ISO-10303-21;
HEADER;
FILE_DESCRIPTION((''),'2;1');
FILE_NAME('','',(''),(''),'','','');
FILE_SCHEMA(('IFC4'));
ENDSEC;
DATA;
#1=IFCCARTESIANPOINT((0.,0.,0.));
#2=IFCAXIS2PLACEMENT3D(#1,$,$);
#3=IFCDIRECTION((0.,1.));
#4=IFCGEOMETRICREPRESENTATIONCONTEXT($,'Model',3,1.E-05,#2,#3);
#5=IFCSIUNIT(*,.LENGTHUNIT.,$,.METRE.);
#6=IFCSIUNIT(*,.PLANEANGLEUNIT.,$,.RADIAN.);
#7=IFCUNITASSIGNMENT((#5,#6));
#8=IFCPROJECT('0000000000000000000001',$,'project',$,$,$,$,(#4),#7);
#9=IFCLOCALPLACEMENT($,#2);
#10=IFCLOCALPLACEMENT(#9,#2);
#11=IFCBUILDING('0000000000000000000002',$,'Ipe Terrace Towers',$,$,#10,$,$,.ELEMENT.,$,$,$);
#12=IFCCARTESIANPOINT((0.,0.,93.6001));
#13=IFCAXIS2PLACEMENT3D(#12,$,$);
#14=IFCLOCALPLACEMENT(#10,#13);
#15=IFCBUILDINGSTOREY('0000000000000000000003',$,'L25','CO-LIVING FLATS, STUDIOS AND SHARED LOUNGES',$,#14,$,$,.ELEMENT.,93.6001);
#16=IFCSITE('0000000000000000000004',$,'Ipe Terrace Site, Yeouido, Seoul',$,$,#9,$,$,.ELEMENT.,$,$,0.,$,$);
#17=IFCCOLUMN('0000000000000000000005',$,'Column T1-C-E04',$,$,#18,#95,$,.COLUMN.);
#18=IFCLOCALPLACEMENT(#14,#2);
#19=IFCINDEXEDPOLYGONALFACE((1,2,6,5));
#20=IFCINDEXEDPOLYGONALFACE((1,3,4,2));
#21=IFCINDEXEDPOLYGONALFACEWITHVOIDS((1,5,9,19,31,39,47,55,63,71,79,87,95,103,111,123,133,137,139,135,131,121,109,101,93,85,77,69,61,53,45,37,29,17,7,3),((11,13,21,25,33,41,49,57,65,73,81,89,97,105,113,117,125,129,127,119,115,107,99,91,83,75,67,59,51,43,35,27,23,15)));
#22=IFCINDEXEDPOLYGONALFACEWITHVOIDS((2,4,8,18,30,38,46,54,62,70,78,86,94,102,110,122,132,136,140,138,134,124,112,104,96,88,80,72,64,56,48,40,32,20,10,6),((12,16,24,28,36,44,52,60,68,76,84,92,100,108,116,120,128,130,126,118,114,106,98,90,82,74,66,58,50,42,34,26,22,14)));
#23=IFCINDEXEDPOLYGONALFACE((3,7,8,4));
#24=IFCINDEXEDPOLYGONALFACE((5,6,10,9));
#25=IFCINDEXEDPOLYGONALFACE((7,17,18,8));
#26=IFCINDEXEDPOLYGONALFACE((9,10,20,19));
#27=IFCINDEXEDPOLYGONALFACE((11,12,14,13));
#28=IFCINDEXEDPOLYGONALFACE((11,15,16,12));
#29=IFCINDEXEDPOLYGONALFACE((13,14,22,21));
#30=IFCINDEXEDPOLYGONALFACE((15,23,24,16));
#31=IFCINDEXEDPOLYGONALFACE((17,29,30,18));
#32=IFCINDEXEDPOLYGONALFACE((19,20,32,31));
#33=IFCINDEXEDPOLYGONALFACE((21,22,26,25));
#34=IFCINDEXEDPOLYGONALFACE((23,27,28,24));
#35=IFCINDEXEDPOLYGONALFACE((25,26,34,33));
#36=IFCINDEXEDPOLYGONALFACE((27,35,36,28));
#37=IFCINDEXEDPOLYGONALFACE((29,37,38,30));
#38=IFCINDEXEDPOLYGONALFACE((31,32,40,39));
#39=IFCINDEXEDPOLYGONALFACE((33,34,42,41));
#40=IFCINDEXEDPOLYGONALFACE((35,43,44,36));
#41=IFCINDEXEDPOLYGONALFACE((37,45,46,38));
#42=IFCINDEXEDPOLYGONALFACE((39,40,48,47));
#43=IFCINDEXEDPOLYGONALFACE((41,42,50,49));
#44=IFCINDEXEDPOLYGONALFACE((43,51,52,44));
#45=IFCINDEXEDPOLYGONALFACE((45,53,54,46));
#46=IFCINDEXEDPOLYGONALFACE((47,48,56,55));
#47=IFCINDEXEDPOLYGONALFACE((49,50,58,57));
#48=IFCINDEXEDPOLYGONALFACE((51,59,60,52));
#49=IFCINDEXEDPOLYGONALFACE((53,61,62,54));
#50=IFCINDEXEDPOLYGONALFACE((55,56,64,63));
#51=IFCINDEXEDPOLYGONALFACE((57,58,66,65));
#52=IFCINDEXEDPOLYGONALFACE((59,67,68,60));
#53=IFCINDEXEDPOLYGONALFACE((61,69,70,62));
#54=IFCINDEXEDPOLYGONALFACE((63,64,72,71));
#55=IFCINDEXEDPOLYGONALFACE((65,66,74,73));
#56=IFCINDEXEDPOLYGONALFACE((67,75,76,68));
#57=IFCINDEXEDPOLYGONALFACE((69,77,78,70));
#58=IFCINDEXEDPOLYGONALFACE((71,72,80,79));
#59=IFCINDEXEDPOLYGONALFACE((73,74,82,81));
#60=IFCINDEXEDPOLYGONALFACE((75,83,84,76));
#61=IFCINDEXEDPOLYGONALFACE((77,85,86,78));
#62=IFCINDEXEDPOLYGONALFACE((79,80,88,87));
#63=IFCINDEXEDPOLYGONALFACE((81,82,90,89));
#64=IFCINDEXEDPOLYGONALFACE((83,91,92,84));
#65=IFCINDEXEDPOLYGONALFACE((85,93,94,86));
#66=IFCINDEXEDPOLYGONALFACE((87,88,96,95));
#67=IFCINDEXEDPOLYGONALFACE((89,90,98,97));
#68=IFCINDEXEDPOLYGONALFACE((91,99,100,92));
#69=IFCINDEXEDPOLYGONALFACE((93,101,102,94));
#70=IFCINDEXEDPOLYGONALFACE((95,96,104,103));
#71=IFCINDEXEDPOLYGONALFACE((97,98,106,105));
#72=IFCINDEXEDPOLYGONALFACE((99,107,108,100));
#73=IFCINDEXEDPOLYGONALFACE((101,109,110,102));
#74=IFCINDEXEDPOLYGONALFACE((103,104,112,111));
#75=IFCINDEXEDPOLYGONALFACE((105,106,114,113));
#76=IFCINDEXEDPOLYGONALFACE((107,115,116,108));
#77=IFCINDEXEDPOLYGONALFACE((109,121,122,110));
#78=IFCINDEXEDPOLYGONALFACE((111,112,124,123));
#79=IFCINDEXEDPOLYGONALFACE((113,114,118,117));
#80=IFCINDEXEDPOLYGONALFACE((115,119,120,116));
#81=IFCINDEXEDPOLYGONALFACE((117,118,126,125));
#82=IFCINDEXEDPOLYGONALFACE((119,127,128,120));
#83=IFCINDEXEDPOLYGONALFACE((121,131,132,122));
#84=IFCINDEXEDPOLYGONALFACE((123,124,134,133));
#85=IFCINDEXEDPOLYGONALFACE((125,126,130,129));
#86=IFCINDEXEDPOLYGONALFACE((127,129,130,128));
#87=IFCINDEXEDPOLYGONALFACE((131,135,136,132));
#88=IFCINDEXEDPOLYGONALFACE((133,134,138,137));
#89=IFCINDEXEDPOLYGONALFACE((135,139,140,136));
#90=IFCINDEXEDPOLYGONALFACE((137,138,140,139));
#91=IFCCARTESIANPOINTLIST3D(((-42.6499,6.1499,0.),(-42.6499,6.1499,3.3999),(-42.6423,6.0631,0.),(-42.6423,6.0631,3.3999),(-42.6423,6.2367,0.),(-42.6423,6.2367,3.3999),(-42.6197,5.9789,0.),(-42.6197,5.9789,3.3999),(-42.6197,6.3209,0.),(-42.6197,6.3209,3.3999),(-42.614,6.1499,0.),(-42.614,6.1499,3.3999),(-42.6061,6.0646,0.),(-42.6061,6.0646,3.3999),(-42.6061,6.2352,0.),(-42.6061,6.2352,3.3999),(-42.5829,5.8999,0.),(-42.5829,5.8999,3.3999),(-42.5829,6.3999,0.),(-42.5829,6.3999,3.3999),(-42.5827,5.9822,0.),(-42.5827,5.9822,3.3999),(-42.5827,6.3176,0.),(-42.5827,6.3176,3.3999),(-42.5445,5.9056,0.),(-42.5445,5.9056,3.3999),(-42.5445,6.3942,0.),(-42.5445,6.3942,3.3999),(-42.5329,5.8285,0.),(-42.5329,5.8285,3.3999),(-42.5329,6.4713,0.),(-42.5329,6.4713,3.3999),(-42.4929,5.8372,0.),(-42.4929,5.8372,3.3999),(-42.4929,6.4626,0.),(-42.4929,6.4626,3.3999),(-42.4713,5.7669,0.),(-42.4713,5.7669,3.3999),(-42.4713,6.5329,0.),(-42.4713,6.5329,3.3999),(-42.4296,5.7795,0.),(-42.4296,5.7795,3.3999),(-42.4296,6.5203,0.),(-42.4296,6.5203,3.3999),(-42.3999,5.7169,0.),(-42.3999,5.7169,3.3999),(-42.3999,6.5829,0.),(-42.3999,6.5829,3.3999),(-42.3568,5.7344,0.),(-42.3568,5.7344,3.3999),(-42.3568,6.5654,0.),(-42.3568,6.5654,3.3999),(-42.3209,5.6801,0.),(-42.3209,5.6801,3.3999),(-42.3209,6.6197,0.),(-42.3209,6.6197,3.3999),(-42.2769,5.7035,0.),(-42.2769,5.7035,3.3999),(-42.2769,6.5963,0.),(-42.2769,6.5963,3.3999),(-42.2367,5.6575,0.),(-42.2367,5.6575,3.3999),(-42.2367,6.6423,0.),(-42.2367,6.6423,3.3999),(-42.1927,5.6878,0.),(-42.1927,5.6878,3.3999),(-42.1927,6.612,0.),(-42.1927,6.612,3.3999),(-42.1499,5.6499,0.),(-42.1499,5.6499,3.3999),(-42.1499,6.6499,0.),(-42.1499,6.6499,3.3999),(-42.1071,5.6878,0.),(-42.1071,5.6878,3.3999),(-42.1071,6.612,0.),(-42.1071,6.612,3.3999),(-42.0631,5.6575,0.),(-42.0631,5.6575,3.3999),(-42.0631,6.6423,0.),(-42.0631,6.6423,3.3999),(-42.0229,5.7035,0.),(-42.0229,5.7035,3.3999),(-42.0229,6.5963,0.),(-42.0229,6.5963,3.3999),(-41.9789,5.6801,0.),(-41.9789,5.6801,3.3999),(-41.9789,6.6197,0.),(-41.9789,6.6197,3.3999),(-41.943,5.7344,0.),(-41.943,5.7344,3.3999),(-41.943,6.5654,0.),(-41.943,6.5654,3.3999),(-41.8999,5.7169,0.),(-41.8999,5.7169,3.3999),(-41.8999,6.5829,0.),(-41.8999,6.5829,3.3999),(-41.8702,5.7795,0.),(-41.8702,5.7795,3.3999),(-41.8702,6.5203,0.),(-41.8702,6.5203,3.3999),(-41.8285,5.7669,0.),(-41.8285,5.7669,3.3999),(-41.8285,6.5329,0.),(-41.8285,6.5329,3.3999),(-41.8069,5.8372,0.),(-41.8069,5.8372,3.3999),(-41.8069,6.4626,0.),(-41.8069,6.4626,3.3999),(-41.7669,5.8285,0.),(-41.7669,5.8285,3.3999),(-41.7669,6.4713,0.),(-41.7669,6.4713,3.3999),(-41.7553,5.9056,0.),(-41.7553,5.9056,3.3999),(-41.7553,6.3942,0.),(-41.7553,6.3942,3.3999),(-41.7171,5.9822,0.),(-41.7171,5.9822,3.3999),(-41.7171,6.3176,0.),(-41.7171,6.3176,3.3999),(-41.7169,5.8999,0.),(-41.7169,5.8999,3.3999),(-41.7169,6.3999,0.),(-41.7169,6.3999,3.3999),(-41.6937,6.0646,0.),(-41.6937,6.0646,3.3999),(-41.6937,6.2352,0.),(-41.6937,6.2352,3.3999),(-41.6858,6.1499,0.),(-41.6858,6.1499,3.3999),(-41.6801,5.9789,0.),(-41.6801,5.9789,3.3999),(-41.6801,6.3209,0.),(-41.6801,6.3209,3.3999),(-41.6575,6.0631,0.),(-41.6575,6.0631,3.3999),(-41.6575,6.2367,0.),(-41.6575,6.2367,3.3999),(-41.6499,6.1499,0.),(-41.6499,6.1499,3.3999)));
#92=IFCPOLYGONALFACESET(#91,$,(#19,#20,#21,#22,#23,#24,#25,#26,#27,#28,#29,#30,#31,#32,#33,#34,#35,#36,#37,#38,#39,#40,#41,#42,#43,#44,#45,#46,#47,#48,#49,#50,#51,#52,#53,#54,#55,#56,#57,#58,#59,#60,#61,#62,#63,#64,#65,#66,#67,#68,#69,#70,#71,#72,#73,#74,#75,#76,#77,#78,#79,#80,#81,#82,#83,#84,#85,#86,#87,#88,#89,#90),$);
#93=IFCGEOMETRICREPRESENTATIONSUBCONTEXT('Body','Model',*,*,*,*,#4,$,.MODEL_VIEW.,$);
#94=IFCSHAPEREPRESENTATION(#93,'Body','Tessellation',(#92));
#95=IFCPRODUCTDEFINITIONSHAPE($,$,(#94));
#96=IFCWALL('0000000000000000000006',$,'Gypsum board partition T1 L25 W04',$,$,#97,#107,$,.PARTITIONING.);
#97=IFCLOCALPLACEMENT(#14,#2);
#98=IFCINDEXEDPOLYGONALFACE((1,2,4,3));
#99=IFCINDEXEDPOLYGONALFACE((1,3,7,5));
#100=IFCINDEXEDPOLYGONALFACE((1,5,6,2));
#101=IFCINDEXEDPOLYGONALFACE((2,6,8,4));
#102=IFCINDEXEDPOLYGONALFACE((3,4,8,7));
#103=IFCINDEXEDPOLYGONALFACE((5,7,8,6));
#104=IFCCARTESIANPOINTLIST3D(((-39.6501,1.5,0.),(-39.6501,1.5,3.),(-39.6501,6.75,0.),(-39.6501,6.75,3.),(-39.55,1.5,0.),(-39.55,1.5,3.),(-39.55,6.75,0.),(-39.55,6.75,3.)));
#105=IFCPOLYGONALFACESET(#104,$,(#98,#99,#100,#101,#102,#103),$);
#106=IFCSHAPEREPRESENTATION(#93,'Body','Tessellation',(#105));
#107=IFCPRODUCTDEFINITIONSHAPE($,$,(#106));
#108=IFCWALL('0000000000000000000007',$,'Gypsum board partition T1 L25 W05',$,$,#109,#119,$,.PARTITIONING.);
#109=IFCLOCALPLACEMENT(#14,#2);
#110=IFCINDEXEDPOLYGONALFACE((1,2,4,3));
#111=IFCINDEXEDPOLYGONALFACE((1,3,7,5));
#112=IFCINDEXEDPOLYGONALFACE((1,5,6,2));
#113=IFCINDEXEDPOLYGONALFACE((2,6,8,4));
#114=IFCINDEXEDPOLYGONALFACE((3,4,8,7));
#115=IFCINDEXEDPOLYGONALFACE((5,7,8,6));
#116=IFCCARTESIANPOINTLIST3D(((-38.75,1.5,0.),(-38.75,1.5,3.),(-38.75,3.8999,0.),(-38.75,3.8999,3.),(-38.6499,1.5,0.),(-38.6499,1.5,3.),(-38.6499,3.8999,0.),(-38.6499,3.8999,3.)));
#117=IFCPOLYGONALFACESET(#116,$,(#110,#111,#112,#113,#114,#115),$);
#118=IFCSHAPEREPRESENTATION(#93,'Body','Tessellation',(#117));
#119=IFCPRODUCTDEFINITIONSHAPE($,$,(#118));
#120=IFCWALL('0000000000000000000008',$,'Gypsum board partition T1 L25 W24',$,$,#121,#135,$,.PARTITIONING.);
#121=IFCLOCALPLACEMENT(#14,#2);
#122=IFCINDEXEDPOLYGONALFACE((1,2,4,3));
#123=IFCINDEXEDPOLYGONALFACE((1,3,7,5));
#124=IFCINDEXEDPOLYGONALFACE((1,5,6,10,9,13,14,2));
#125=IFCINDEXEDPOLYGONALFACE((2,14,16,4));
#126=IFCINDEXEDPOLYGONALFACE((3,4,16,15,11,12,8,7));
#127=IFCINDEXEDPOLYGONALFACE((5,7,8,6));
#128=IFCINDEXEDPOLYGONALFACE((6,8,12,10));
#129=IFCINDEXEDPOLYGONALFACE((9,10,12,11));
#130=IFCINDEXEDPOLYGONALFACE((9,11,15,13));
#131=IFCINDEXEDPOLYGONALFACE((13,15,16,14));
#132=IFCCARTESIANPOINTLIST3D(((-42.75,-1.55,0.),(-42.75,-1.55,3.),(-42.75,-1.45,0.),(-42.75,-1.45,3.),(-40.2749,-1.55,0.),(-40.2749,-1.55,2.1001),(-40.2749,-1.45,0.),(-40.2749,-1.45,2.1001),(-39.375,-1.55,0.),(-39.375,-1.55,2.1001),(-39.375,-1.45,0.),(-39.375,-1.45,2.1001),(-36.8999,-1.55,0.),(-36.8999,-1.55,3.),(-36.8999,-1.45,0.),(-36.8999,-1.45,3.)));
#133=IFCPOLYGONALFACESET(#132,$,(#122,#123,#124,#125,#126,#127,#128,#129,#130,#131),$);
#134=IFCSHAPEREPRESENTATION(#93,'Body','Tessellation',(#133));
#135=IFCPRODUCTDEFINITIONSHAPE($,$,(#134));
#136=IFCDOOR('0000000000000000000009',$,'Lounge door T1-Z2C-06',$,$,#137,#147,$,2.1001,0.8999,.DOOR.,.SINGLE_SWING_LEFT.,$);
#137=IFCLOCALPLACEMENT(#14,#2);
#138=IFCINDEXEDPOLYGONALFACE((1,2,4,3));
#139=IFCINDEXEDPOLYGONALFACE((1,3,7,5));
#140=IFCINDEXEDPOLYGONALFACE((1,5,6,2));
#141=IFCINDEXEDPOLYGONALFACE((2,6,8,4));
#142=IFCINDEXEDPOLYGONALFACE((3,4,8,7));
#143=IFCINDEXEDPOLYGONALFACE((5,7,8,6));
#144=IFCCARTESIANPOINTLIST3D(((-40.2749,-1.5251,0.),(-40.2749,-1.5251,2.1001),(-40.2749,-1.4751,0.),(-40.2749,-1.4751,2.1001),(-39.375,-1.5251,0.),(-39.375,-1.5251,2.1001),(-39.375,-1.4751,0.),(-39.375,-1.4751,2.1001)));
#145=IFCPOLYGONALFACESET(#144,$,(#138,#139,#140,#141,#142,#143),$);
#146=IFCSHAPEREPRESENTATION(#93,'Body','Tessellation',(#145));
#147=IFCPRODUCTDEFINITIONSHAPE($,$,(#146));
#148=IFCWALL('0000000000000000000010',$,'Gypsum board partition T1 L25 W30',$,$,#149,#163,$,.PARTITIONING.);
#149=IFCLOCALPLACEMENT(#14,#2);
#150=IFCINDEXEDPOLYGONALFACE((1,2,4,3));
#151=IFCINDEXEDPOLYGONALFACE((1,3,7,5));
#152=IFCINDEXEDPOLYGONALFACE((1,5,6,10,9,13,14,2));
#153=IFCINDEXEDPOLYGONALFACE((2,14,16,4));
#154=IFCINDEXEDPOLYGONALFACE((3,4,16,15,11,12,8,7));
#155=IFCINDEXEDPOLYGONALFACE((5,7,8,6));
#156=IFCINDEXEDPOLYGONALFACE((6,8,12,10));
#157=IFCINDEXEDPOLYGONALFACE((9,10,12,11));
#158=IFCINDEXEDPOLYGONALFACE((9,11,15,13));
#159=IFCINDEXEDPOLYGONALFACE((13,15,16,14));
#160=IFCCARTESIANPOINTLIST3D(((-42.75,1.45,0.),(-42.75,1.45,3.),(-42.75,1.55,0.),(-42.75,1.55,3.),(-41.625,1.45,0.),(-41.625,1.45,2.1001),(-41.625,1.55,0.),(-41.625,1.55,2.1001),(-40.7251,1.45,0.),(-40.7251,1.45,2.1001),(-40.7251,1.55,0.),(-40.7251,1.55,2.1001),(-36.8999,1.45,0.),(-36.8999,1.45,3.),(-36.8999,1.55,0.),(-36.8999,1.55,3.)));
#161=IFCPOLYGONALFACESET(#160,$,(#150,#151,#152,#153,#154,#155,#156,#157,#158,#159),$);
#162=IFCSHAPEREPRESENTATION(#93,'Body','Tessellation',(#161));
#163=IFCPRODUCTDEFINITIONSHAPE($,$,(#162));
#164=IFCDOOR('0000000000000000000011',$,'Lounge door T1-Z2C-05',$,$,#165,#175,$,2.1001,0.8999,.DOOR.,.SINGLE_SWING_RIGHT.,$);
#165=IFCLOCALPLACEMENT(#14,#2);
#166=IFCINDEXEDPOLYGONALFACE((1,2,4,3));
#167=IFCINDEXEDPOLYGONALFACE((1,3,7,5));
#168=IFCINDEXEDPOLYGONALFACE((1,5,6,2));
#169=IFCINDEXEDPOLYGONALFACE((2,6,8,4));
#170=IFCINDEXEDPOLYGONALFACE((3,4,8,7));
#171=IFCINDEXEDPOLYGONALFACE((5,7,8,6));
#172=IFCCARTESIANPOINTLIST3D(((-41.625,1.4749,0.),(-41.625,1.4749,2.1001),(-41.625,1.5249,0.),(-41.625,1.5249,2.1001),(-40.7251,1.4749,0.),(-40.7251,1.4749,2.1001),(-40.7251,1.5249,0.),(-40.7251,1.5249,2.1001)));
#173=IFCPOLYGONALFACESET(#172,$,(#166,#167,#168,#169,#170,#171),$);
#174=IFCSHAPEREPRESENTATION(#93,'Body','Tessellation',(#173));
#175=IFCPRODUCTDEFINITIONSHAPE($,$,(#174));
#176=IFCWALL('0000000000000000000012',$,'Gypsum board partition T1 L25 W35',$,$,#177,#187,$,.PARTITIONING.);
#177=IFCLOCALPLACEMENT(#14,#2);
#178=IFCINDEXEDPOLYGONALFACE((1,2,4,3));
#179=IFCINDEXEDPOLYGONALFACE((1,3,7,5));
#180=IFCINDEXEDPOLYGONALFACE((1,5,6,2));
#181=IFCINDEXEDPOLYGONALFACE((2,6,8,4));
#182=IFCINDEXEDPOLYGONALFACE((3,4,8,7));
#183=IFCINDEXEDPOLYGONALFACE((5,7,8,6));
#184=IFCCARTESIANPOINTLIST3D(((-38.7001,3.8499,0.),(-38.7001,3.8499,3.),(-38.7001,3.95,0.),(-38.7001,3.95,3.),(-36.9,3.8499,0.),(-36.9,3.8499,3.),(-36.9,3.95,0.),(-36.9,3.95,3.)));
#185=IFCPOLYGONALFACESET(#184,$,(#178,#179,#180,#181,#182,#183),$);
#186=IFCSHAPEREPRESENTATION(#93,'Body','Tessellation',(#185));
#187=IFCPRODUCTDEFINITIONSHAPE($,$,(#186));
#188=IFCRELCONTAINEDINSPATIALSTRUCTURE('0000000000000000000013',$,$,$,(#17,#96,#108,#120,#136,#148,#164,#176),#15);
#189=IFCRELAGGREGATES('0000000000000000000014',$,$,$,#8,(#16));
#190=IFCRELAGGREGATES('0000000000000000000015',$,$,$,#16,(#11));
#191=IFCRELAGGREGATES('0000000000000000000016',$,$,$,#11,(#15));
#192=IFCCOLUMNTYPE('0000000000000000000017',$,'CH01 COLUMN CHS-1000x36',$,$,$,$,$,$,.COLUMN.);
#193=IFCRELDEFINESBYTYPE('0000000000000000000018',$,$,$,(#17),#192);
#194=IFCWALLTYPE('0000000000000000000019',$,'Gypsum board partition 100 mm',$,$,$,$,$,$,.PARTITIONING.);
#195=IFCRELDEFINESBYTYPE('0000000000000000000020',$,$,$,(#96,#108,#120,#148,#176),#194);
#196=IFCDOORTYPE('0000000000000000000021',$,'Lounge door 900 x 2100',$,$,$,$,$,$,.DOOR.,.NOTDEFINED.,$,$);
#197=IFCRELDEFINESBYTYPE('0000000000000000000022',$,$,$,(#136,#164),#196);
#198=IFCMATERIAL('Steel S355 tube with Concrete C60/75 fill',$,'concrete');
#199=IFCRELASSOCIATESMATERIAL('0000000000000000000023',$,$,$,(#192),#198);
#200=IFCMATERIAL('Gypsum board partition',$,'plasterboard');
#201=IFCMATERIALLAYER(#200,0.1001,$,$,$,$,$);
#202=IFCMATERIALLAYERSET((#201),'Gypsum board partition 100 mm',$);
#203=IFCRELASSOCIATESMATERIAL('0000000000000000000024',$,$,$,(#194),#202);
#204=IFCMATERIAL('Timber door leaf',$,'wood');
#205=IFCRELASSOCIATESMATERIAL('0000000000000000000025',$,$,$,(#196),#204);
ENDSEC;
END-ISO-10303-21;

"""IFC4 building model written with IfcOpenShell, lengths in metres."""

from ifc_helpers import new_model, si_unit, direction, frame, frame_2d, origin, origin_2d, place, context, subcontext, project, spatial, rectangle, hollow_circle, extrude, material, layer, layer_set, material_profile, profile_set, type_object, element, fill, save


model = new_model("IFC4")

# Units and contexts
model_context = context("Model", 3, precision=1e-05, world=origin(), true_north=direction((0.0, 1.0)))
body_context = subcontext(model_context, "Body", "Model", "MODEL_VIEW")
ifc_project = project(units=[si_unit("LENGTHUNIT", "METRE"), si_unit("PLANEANGLEUNIT", "RADIAN")], contexts=[model_context])

# Site, building, storey
site_placement = place(None, origin())
site = spatial("IfcSite", under=ifc_project, at=site_placement, Name="Ipe Terrace Site, Yeouido, Seoul", CompositionType="ELEMENT", RefElevation=0.0)
building_placement = place(site_placement, origin())
building = spatial("IfcBuilding", under=site, at=building_placement, Name="Ipe Terrace Towers", CompositionType="ELEMENT")
storey_placement = place(building_placement, frame((0.0, 0.0, 93.6001)))
storey = spatial("IfcBuildingStorey", under=building, at=storey_placement, Name="L25", Description="CO-LIVING FLATS, STUDIOS AND SHARED LOUNGES", CompositionType="ELEMENT", Elevation=93.6001)

# Column
ifc_material_1 = material(Name="Steel S355 tube with Concrete C60/75 fill", Category="concrete")
ifc_material_profile = material_profile(ifc_material_1, hollow_circle(Radius=0.5, WallThickness=0.0359, at=origin_2d()), Name="CHS-1000x36")
ifc_profile_set = profile_set([ifc_material_profile], Name="Steel S355 tube with Concrete C60/75 fill")
column_type = type_object("IfcColumnType", Name="CH01 COLUMN CHS-1000x36", PredefinedType="COLUMN", material=ifc_profile_set)
column_placement = place(storey_placement, frame((-42.1499, 6.1499, 0.0), z_axis=(0.0, 0.0, 1.0), x_axis=(1.0, 0.0, 0.0)))
element("IfcColumn", 1, at=column_placement, inside=storey, type_object=column_type, Name="Column T1-C-E04", PredefinedType="COLUMN", context=body_context, shape_type="SweptSolid", body=[
    extrude(hollow_circle(Radius=0.5, WallThickness=0.0359, at=origin_2d()), origin(), (0.0, 0.0, 1.0), 3.3999),
])

# Walls
ifc_material_2 = material(Name="Gypsum board partition", Category="plasterboard")
ifc_layer_1 = layer(ifc_material_2, 0.1001)
ifc_layer_set_1 = layer_set([ifc_layer_1], Name="Gypsum board partition 100 mm")
wall_type_1 = type_object("IfcWallType", Name="Gypsum board partition 100 mm", PredefinedType="PARTITIONING", material=ifc_layer_set_1)
wall_1_placement = place(storey_placement, frame((-39.6001, 1.5, 0.0), z_axis=(0.0, 0.0, 1.0), x_axis=(0.0, 1.0, 0.0)))
element("IfcWall", 2, at=wall_1_placement, inside=storey, type_object=wall_type_1, Name="Gypsum board partition T1 L25 W04", PredefinedType="PARTITIONING", context=body_context, shape_type="SweptSolid", body=[
    extrude(rectangle(XDim=5.25, YDim=0.1001, at=frame_2d((2.625, 0.0))), origin(), (0.0, 0.0, 1.0), 3.0),
])
wall_2_placement = place(storey_placement, frame((-38.7, 1.5, 0.0), z_axis=(0.0, 0.0, 1.0), x_axis=(0.0, 1.0, 0.0)))
element("IfcWall", 3, at=wall_2_placement, inside=storey, type_object=wall_type_1, Name="Gypsum board partition T1 L25 W05", PredefinedType="PARTITIONING", context=body_context, shape_type="SweptSolid", body=[
    extrude(rectangle(XDim=2.3999, YDim=0.1001, at=frame_2d((1.2, 0.0))), origin(), (0.0, 0.0, 1.0), 3.0),
])

# Walls, openings, doors
wall_3_placement = place(storey_placement, frame((-42.75, -1.5, 0.0), z_axis=(0.0, 0.0, 1.0), x_axis=(1.0, 0.0, 0.0)))
wall_3 = element("IfcWall", 4, at=wall_3_placement, inside=storey, type_object=wall_type_1, Name="Gypsum board partition T1 L25 W24", PredefinedType="PARTITIONING", context=body_context, shape_type="SweptSolid", body=[
    extrude(rectangle(XDim=5.8501, YDim=0.1001, at=frame_2d((2.925, 0.0))), origin(), (0.0, 0.0, 1.0), 3.0),
])
opening_1_placement = place(wall_3_placement, frame((2.4751, 0.0, 0.0)))
opening_1 = element("IfcOpeningElement", 5, at=opening_1_placement, cuts=wall_3, PredefinedType="OPENING", context=body_context, shape_type="SweptSolid", body=[
    extrude(rectangle(XDim=0.8999, YDim=2.1001, at=frame_2d((0.45, 1.05))), frame((0.0, 0.0601, 0.0), z_axis=(0.0, -1.0, 0.0), x_axis=(1.0, 0.0, 0.0)), (0.0, 0.0, 1.0), 0.1201),
])
ifc_material_3 = material(Name="Timber door leaf", Category="wood")
door_type_1 = type_object("IfcDoorType", Name="Lounge door 900 x 2100", OperationType="NOTDEFINED", PredefinedType="DOOR", material=ifc_material_3)
door_1_placement = place(opening_1_placement, origin())
door_1 = element("IfcDoor", 6, at=door_1_placement, inside=storey, type_object=door_type_1, Name="Lounge door T1-Z2C-06", OperationType="SINGLE_SWING_LEFT", OverallHeight=2.1001, OverallWidth=0.8999, PredefinedType="DOOR", context=body_context, shape_type="SweptSolid", body=[
    extrude(rectangle(XDim=0.8999, YDim=2.1001, at=frame_2d((0.45, 1.05))), frame((0.0, 0.0249, 0.0), z_axis=(0.0, -1.0, 0.0), x_axis=(1.0, 0.0, 0.0)), (0.0, 0.0, 1.0), 0.05),
])
fill(opening_1, door_1)
wall_4_placement = place(storey_placement, frame((-42.75, 1.5, 0.0), z_axis=(0.0, 0.0, 1.0), x_axis=(1.0, 0.0, 0.0)))
wall_4 = element("IfcWall", 7, at=wall_4_placement, inside=storey, type_object=wall_type_1, Name="Gypsum board partition T1 L25 W30", PredefinedType="PARTITIONING", context=body_context, shape_type="SweptSolid", body=[
    extrude(rectangle(XDim=5.8501, YDim=0.1001, at=frame_2d((2.925, 0.0))), origin(), (0.0, 0.0, 1.0), 3.0),
])
opening_2_placement = place(wall_4_placement, frame((1.125, 0.0, 0.0)))
opening_2 = element("IfcOpeningElement", 8, at=opening_2_placement, cuts=wall_4, PredefinedType="OPENING", context=body_context, shape_type="SweptSolid", body=[
    extrude(rectangle(XDim=0.8999, YDim=2.1001, at=frame_2d((0.45, 1.05))), frame((0.0, 0.0601, 0.0), z_axis=(0.0, -1.0, 0.0), x_axis=(1.0, 0.0, 0.0)), (0.0, 0.0, 1.0), 0.1201),
])
door_2_placement = place(opening_2_placement, origin())
door_2 = element("IfcDoor", 9, at=door_2_placement, inside=storey, type_object=door_type_1, Name="Lounge door T1-Z2C-05", OperationType="SINGLE_SWING_RIGHT", OverallHeight=2.1001, OverallWidth=0.8999, PredefinedType="DOOR", context=body_context, shape_type="SweptSolid", body=[
    extrude(rectangle(XDim=0.8999, YDim=2.1001, at=frame_2d((0.45, 1.05))), frame((0.0, 0.0249, 0.0), z_axis=(0.0, -1.0, 0.0), x_axis=(1.0, 0.0, 0.0)), (0.0, 0.0, 1.0), 0.05),
])
fill(opening_2, door_2)

# Wall
wall_5_placement = place(storey_placement, frame((-38.7, 3.8999, 0.0), z_axis=(0.0, 0.0, 1.0), x_axis=(1.0, 0.0, 0.0)))
element("IfcWall", 10, at=wall_5_placement, inside=storey, type_object=wall_type_1, Name="Gypsum board partition T1 L25 W35", PredefinedType="PARTITIONING", context=body_context, shape_type="SweptSolid", body=[
    extrude(rectangle(XDim=1.8, YDim=0.1001, at=frame_2d((0.8999, 0.0))), origin(), (0.0, 0.0, 1.0), 3.0),
])

save(model, "model.ifc")
